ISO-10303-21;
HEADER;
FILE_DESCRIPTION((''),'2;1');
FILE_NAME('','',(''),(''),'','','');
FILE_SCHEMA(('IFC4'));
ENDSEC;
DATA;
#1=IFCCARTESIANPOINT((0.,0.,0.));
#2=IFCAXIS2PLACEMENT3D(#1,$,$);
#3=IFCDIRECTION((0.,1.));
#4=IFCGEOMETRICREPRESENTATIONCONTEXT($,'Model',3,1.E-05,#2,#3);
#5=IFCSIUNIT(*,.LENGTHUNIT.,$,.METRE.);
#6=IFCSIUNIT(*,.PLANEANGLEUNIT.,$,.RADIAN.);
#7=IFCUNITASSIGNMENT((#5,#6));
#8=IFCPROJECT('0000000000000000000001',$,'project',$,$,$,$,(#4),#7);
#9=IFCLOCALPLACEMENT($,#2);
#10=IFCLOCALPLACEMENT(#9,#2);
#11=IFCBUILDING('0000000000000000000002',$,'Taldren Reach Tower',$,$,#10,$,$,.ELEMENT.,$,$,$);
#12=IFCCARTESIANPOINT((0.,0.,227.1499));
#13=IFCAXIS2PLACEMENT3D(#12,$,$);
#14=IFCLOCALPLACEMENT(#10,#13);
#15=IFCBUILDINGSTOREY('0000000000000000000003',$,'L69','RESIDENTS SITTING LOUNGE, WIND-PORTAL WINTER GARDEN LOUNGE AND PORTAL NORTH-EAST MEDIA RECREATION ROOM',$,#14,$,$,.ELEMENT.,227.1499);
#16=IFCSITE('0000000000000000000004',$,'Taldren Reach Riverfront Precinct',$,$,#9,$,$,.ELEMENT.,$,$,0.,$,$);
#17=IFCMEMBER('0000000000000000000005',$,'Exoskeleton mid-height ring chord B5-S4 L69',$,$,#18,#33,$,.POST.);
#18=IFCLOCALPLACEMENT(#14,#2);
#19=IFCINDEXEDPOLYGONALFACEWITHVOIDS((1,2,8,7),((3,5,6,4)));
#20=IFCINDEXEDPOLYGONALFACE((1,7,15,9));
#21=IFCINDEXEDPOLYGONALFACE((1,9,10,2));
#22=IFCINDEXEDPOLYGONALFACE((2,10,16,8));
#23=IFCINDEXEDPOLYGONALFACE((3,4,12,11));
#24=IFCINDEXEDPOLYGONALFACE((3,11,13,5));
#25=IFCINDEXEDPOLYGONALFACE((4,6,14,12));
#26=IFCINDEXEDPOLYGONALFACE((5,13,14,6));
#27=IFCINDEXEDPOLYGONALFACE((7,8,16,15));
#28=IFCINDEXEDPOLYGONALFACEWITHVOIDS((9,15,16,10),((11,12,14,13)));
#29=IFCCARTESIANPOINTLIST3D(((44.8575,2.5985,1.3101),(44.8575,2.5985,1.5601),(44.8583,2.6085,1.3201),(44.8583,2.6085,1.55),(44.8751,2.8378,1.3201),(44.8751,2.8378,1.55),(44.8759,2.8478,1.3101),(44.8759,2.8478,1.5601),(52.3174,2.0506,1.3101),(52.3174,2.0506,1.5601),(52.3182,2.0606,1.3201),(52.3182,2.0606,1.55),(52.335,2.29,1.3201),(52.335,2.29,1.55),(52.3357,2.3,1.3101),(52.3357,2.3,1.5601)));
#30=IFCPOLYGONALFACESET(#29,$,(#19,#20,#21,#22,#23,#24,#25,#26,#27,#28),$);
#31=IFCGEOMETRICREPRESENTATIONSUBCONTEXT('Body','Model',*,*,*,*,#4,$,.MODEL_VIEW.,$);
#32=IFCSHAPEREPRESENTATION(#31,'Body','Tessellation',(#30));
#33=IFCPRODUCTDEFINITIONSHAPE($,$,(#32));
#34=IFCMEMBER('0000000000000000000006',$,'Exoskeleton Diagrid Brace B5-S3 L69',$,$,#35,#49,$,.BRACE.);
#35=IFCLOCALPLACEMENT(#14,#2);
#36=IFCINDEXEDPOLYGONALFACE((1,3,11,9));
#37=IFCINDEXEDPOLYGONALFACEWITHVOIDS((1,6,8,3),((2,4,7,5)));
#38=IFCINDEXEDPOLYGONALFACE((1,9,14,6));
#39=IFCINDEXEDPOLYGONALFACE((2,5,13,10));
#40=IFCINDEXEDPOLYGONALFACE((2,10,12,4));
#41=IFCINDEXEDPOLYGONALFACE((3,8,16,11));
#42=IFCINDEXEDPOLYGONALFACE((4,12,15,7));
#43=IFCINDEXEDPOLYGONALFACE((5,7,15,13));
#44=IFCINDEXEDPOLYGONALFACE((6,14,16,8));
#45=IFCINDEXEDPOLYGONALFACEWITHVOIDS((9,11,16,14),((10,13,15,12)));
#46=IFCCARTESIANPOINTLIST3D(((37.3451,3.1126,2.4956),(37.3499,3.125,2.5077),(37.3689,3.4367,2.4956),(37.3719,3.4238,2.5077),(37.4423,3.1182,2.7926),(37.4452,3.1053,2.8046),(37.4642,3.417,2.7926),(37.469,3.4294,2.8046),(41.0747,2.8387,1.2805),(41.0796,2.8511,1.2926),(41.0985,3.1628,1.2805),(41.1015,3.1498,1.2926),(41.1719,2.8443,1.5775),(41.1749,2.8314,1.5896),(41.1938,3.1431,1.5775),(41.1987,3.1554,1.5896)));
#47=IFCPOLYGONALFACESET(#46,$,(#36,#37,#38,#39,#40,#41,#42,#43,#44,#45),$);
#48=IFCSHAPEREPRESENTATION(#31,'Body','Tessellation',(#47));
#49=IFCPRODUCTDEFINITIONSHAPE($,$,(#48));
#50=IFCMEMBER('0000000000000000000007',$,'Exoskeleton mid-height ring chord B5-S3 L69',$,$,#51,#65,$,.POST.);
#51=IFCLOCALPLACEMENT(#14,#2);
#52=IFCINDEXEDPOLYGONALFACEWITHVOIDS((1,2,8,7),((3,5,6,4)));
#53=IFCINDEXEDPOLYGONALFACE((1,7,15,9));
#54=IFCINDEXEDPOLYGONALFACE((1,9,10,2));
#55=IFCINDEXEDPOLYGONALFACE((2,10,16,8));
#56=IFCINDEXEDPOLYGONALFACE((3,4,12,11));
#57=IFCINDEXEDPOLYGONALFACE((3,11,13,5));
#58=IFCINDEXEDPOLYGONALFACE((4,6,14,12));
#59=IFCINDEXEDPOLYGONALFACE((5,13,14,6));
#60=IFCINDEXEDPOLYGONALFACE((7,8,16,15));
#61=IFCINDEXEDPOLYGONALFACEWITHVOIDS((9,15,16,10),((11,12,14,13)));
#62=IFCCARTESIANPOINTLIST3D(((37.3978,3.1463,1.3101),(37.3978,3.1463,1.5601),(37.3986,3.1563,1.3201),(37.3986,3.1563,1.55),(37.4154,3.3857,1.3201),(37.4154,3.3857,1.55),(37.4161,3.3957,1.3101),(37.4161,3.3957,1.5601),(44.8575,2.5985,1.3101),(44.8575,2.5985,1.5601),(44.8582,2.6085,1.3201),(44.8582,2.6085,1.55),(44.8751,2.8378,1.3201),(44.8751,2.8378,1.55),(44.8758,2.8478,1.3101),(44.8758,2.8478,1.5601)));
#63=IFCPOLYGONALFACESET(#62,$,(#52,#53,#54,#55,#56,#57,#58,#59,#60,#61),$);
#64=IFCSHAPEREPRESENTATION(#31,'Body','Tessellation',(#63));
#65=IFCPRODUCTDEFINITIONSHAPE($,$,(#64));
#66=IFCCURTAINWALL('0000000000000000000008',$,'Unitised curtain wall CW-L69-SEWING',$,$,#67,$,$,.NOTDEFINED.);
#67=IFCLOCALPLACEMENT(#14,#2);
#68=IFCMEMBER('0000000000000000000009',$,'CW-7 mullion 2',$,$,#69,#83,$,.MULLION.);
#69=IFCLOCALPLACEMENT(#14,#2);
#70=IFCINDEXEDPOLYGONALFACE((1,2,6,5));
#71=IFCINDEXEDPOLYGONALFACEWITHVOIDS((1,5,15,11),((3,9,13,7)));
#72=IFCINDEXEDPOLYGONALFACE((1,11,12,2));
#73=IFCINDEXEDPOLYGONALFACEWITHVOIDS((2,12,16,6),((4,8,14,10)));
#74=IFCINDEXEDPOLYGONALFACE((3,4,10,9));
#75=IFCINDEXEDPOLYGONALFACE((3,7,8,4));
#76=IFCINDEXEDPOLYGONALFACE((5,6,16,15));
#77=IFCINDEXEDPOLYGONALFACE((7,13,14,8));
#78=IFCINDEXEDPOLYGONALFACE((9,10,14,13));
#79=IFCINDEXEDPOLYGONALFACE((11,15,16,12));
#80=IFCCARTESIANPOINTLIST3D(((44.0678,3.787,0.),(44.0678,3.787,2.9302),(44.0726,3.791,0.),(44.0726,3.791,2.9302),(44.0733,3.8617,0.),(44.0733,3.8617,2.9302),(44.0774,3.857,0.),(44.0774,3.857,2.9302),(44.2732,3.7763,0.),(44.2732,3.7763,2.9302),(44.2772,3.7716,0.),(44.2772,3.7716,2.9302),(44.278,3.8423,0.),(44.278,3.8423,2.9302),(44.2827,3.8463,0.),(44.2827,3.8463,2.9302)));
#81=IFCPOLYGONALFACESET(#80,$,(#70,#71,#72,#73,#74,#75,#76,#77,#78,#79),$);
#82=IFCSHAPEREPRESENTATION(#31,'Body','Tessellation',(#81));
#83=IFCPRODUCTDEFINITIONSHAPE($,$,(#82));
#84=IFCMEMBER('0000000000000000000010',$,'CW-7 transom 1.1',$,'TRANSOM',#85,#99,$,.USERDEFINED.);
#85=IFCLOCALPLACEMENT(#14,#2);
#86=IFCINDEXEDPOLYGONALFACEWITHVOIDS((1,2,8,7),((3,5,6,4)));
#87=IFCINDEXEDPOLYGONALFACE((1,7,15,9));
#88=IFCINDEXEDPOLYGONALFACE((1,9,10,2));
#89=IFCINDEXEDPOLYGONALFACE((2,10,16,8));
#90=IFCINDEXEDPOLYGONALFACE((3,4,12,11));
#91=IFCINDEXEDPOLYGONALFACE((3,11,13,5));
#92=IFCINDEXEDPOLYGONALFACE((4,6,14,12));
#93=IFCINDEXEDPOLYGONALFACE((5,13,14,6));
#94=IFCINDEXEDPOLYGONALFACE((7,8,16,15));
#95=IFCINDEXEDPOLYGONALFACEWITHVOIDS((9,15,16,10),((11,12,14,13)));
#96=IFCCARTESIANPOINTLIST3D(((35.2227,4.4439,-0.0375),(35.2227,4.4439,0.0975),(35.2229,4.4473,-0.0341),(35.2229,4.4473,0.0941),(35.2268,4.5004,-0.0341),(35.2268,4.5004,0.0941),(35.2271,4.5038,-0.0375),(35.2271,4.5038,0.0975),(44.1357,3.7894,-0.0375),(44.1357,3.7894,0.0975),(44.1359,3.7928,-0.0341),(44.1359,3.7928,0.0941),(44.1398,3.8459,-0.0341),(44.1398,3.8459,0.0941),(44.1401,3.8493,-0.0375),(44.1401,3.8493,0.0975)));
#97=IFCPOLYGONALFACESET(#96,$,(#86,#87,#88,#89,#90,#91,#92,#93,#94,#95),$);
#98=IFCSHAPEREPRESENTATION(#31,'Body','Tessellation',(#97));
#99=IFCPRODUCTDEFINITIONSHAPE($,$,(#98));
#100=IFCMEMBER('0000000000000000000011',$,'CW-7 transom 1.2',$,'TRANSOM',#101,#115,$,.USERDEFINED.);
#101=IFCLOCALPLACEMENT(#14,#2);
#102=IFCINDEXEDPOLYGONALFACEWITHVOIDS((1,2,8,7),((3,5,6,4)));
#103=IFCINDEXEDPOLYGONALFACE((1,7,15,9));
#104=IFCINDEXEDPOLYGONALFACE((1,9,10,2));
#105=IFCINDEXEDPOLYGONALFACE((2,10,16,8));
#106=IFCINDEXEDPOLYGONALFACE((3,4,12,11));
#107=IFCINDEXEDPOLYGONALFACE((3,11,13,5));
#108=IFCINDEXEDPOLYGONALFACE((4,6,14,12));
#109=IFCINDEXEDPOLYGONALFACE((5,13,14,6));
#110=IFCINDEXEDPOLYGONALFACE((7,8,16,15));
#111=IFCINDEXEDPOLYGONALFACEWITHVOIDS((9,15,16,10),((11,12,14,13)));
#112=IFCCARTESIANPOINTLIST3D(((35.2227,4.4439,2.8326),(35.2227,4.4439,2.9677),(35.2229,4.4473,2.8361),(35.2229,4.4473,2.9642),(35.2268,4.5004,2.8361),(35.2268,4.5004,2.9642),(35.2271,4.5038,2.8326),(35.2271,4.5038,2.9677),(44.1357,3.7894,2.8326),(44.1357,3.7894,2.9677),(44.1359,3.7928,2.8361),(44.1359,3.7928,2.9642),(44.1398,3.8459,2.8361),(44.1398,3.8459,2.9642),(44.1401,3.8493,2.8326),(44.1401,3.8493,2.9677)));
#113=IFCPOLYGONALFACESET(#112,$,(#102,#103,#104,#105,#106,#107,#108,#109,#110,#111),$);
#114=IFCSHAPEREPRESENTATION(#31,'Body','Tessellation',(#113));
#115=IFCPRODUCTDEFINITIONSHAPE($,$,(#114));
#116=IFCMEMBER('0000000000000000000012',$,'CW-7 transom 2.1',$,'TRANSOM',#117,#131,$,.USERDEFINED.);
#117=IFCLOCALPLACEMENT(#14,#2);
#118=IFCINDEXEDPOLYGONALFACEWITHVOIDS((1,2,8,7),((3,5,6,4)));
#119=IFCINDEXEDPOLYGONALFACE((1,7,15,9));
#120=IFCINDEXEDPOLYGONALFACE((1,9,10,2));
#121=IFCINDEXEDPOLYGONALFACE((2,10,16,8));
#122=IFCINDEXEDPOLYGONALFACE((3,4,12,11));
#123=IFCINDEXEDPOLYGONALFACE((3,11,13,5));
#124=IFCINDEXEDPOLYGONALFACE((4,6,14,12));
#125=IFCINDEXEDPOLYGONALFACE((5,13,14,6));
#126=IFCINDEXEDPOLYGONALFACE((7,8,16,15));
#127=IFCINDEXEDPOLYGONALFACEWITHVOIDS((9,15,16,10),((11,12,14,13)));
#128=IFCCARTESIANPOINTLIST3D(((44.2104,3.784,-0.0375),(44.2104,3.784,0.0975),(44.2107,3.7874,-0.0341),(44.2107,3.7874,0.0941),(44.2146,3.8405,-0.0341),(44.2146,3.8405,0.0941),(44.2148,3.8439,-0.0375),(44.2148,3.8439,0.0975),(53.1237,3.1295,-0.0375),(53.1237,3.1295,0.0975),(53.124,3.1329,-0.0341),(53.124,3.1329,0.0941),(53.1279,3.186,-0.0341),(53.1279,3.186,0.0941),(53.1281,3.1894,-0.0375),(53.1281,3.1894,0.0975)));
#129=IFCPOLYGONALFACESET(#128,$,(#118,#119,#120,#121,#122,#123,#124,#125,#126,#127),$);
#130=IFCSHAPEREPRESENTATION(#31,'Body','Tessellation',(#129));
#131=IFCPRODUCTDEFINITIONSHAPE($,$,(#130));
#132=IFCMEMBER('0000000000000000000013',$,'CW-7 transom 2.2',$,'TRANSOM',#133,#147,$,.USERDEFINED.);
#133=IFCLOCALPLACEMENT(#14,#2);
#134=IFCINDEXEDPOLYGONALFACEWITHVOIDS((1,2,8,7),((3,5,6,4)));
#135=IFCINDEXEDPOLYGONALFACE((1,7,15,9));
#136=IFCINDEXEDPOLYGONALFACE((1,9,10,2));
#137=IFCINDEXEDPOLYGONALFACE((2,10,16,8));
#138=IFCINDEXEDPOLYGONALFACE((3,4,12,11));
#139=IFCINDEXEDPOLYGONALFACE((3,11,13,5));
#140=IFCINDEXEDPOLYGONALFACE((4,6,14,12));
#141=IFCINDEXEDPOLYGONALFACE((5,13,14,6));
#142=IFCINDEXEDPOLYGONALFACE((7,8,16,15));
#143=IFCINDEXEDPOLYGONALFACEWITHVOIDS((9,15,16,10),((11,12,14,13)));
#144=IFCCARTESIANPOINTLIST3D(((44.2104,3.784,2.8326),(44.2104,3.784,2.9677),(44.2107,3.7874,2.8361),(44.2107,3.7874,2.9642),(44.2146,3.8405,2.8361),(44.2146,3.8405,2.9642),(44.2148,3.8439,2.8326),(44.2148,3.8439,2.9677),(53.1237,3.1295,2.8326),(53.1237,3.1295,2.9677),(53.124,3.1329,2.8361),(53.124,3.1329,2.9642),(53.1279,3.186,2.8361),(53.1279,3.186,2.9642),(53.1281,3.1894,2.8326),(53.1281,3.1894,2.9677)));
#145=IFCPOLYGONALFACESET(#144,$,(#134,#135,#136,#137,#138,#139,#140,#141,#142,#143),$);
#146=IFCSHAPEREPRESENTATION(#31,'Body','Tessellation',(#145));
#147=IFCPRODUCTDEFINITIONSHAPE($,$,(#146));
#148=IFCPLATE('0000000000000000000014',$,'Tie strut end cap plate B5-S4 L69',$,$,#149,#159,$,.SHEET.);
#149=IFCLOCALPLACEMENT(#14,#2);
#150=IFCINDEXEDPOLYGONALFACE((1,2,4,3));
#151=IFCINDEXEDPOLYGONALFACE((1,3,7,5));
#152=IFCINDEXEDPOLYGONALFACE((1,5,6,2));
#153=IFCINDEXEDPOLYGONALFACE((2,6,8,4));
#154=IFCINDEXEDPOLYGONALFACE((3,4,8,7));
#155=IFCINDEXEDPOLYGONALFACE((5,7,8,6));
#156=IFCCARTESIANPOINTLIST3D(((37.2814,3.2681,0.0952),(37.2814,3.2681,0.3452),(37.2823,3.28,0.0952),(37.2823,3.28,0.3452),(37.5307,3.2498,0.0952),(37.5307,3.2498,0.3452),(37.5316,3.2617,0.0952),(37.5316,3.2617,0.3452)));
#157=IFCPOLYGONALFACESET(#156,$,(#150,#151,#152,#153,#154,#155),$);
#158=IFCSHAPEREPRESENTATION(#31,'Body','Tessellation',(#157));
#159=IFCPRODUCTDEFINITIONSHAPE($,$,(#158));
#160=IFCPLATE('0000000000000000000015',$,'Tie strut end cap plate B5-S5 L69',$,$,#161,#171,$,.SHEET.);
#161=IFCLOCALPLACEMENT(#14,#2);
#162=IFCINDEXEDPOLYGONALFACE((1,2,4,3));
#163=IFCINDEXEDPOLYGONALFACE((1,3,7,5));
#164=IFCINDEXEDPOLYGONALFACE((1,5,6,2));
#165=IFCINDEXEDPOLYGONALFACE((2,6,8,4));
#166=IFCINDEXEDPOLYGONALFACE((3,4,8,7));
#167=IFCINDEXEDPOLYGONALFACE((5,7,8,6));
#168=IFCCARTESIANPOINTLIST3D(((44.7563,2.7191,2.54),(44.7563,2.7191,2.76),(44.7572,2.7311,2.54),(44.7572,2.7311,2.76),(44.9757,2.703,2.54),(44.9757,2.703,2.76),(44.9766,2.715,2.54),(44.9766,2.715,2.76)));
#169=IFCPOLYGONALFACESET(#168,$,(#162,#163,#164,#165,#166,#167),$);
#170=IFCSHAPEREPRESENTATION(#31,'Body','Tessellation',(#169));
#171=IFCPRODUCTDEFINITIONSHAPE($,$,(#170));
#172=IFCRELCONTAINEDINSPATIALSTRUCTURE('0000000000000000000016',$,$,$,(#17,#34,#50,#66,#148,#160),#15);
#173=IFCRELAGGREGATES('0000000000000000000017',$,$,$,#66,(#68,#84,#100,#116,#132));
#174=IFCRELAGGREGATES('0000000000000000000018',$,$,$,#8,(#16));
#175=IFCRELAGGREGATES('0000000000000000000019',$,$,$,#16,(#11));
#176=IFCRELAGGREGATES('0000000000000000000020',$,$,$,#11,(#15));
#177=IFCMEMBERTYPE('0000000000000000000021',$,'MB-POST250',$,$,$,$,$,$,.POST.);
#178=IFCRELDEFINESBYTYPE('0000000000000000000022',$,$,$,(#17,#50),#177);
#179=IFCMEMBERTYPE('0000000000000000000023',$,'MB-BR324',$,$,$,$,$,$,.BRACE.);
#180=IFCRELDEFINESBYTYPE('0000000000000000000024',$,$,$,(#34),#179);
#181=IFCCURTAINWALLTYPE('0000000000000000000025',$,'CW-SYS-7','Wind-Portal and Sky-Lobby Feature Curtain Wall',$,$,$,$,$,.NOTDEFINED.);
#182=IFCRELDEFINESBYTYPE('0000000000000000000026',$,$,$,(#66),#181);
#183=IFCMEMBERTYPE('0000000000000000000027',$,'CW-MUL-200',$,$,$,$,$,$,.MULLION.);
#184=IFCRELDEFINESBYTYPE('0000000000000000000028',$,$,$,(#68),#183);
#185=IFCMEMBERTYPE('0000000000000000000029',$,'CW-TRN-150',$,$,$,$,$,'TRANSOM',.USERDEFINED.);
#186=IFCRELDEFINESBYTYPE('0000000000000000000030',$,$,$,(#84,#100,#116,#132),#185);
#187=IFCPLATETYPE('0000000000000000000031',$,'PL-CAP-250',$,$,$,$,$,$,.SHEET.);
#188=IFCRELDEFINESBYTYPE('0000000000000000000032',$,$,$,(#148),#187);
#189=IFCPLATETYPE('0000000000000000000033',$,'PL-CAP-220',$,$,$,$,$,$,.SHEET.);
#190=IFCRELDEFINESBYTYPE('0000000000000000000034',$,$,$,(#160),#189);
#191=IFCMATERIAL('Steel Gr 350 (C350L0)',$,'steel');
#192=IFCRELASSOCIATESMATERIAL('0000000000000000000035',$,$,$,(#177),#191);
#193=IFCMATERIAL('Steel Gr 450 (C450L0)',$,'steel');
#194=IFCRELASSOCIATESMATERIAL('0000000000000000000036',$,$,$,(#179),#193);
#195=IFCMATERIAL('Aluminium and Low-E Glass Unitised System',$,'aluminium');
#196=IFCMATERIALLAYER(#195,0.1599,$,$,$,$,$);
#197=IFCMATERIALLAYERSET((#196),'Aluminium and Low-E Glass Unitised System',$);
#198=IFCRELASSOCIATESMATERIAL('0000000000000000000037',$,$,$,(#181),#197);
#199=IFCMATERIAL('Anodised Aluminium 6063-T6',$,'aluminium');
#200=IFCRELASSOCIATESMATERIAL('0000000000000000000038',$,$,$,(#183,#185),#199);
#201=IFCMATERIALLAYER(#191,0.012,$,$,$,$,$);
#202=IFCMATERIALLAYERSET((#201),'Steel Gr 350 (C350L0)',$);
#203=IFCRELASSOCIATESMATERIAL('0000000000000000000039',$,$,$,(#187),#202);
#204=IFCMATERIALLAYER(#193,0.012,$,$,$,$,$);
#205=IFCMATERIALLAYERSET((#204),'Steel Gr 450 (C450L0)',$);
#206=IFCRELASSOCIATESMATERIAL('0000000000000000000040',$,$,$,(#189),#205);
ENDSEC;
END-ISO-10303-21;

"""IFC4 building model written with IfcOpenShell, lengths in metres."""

from ifc_helpers import new_model, si_unit, direction, frame, origin, origin_2d, place, context, subcontext, project, spatial, rectangle, hollow_rectangle, extrude, source, transform, mapped, material, layer, layer_set, material_profile, profile_set, type_object, element, aggregate, save


model = new_model("IFC4")

# Units and contexts
model_context = context("Model", 3, precision=1e-05, world=origin(), true_north=direction((0.0, 1.0)))
body_context = subcontext(model_context, "Body", "Model", "MODEL_VIEW")
ifc_project = project(units=[si_unit("LENGTHUNIT", "METRE"), si_unit("PLANEANGLEUNIT", "RADIAN")], contexts=[model_context])

# Site, building, storey
site_placement = place(None, origin())
site = spatial("IfcSite", under=ifc_project, at=site_placement, Name="Taldren Reach Riverfront Precinct", CompositionType="ELEMENT", RefElevation=0.0)
building_placement = place(site_placement, origin())
building = spatial("IfcBuilding", under=site, at=building_placement, Name="Taldren Reach Tower", CompositionType="ELEMENT")
storey_placement = place(building_placement, frame((0.0, 0.0, 227.1499)))
storey = spatial("IfcBuildingStorey", under=building, at=storey_placement, Name="L69", Description="RESIDENTS SITTING LOUNGE, WIND-PORTAL WINTER GARDEN LOUNGE AND PORTAL NORTH-EAST MEDIA RECREATION ROOM", CompositionType="ELEMENT", Elevation=227.1499)

# Shared definitions
ifc_material_1 = material(Name="Steel Gr 350 (C350L0)", Category="steel")
ifc_material_profile_1 = material_profile(ifc_material_1, hollow_rectangle(XDim=0.25, YDim=0.25, WallThickness=0.01, at=origin_2d()), Name="250x250x10.0SHS")
ifc_profile_set_1 = profile_set([ifc_material_profile_1], Name="Steel Gr 350 (C350L0)")
member_type_1 = type_object("IfcMemberType", Name="MB-POST250", PredefinedType="POST", material=ifc_profile_set_1)
ifc_material_2 = material(Name="Steel Gr 450 (C450L0)", Category="steel")

# Members
ifc_material_profile_2 = material_profile(ifc_material_2, hollow_rectangle(XDim=0.325, YDim=0.325, WallThickness=0.0127, at=origin_2d()), Name="325x325x12.7SHS")
ifc_profile_set_2 = profile_set([ifc_material_profile_2], Name="Steel Gr 450 (C450L0)")
member_type_2 = type_object("IfcMemberType", Name="MB-BR324", PredefinedType="BRACE", material=ifc_profile_set_2)
shared_shape_1 = source(origin(), body_context, "Body", "SweptSolid", [
    extrude(hollow_rectangle(XDim=0.25, YDim=0.25, WallThickness=0.01, at=origin_2d()), origin(), (0.0, 0.0, 1.0), 7.48),
])
member_1_placement = place(storey_placement, frame((44.8667, 2.7231, 1.4351), z_axis=(0.997314, -0.073242, 0.0), x_axis=(0.073242, 0.997314, 0.0)))
element("IfcMember", 1, at=member_1_placement, inside=storey, type_object=member_type_1, Name="Exoskeleton mid-height ring chord B5-S4 L69", PredefinedType="POST", context=body_context, shape_type="MappedRepresentation", body=[
    mapped(shared_shape_1, transform((0.0, 0.0, 0.0), scale=1.0)),
])
shared_shape_2 = source(origin(), body_context, "Body", "SweptSolid", [
    extrude(hollow_rectangle(XDim=0.325, YDim=0.325, WallThickness=0.0127, at=origin_2d()), origin(), (0.0, 0.0, 1.0), 3.9321),
])
member_2_placement = place(storey_placement, frame((41.1367, 2.9971, 1.4351), z_axis=(-0.948505, 0.069662, 0.309008), x_axis=(-0.073246, -0.997314, 0.0)))
element("IfcMember", 2, at=member_2_placement, inside=storey, type_object=member_type_2, Name="Exoskeleton Diagrid Brace B5-S3 L69", PredefinedType="BRACE", context=body_context, shape_type="MappedRepresentation", body=[
    mapped(shared_shape_2, transform((0.0, 0.0, 0.0), scale=1.0)),
])
shared_shape_3 = source(origin(), body_context, "Body", "SweptSolid", [
    extrude(hollow_rectangle(XDim=0.25, YDim=0.25, WallThickness=0.01, at=origin_2d()), origin(), (0.0, 0.0, 1.0), 7.4797),
])
member_3_placement = place(storey_placement, frame((37.407, 3.271, 1.4351), z_axis=(0.997314, -0.073244, 0.0), x_axis=(0.073244, 0.997314, 0.0)))
element("IfcMember", 3, at=member_3_placement, inside=storey, type_object=member_type_1, Name="Exoskeleton mid-height ring chord B5-S3 L69", PredefinedType="POST", context=body_context, shape_type="MappedRepresentation", body=[
    mapped(shared_shape_3, transform((0.0, 0.0, 0.0), scale=1.0)),
])

# Curtain wall, members
ifc_material_3 = material(Name="Aluminium and Low-E Glass Unitised System", Category="aluminium")
ifc_layer_1 = layer(ifc_material_3, 0.1599)
ifc_layer_set_1 = layer_set([ifc_layer_1], Name="Aluminium and Low-E Glass Unitised System")
curtain_wall_type = type_object("IfcCurtainWallType", Name="CW-SYS-7", Description="Wind-Portal and Sky-Lobby Feature Curtain Wall", PredefinedType="NOTDEFINED", material=ifc_layer_set_1)
curtain_wall_placement = place(storey_placement, origin())
curtain_wall = element("IfcCurtainWall", 4, at=curtain_wall_placement, inside=storey, type_object=curtain_wall_type, Name="Unitised curtain wall CW-L69-SEWING", PredefinedType="NOTDEFINED")
ifc_material_4 = material(Name="Anodised Aluminium 6063-T6", Category="aluminium")
ifc_material_profile_3 = material_profile(ifc_material_4, hollow_rectangle(XDim=0.075, YDim=0.21, WallThickness=0.0044, at=origin_2d()), Name="ALU-210x75x4.5RHS")
ifc_profile_set_3 = profile_set([ifc_material_profile_3], Name="Anodised Aluminium 6063-T6")
member_type_3 = type_object("IfcMemberType", Name="CW-MUL-200", PredefinedType="MULLION", material=ifc_profile_set_3)
shared_shape_4 = source(origin(), body_context, "Body", "SweptSolid", [
    extrude(hollow_rectangle(XDim=0.075, YDim=0.21, WallThickness=0.0044, at=origin_2d()), origin(), (0.0, 0.0, 1.0), 2.9302),
])
member_4_placement = place(storey_placement, frame((44.1753, 3.8167, 0.0), z_axis=(0.0, 0.0, 1.0), x_axis=(0.073238, 0.997314, 0.0)))
member_4 = element("IfcMember", 5, at=member_4_placement, type_object=member_type_3, Name="CW-7 mullion 2", PredefinedType="MULLION", context=body_context, shape_type="MappedRepresentation", body=[
    mapped(shared_shape_4, transform((0.0, 0.0, 0.0), scale=1.0)),
])
ifc_material_profile_4 = material_profile(ifc_material_4, hollow_rectangle(XDim=0.0601, YDim=0.135, WallThickness=0.0034, at=origin_2d()), Name="ALU-135x60x3.5RHS")
ifc_profile_set_4 = profile_set([ifc_material_profile_4], Name="Anodised Aluminium 6063-T6")
member_type_4 = type_object("IfcMemberType", Name="CW-TRN-150", ElementType="TRANSOM", PredefinedType="USERDEFINED", material=ifc_profile_set_4)
shared_shape_5 = source(origin(), body_context, "Body", "SweptSolid", [
    extrude(hollow_rectangle(XDim=0.0601, YDim=0.135, WallThickness=0.0034, at=origin_2d()), origin(), (0.0, 0.0, 1.0), 8.937),
])
member_5_placement = place(storey_placement, frame((35.2249, 4.4739, 0.03), z_axis=(0.997314, -0.073239, 0.0), x_axis=(0.073239, 0.997314, 0.0)))
member_5 = element("IfcMember", 6, at=member_5_placement, type_object=member_type_4, Name="CW-7 transom 1.1", ObjectType="TRANSOM", PredefinedType="USERDEFINED", context=body_context, shape_type="MappedRepresentation", body=[
    mapped(shared_shape_5, transform((0.0, 0.0, 0.0), scale=1.0)),
])
member_6_placement = place(storey_placement, frame((35.2249, 4.4739, 2.9001), z_axis=(0.997314, -0.073239, 0.0), x_axis=(0.073239, 0.997314, 0.0)))
member_6 = element("IfcMember", 7, at=member_6_placement, type_object=member_type_4, Name="CW-7 transom 1.2", ObjectType="TRANSOM", PredefinedType="USERDEFINED", context=body_context, shape_type="MappedRepresentation", body=[
    mapped(shared_shape_5, transform((0.0, 0.0, 0.0), scale=1.0)),
])
shared_shape_6 = source(origin(), body_context, "Body", "SweptSolid", [
    extrude(hollow_rectangle(XDim=0.0601, YDim=0.135, WallThickness=0.0034, at=origin_2d()), origin(), (0.0, 0.0, 1.0), 8.9373),
])
member_7_placement = place(storey_placement, frame((44.2126, 3.814, 0.03), z_axis=(0.997315, -0.073237, 0.0), x_axis=(0.073237, 0.997315, 0.0)))
member_7 = element("IfcMember", 8, at=member_7_placement, type_object=member_type_4, Name="CW-7 transom 2.1", ObjectType="TRANSOM", PredefinedType="USERDEFINED", context=body_context, shape_type="MappedRepresentation", body=[
    mapped(shared_shape_6, transform((0.0, 0.0, 0.0), scale=1.0)),
])
member_8_placement = place(storey_placement, frame((44.2126, 3.814, 2.9001), z_axis=(0.997315, -0.073237, 0.0), x_axis=(0.073237, 0.997315, 0.0)))
member_8 = element("IfcMember", 9, at=member_8_placement, type_object=member_type_4, Name="CW-7 transom 2.2", ObjectType="TRANSOM", PredefinedType="USERDEFINED", context=body_context, shape_type="MappedRepresentation", body=[
    mapped(shared_shape_6, transform((0.0, 0.0, 0.0), scale=1.0)),
])

# Plates
ifc_layer_2 = layer(ifc_material_1, 0.012)
ifc_layer_set_2 = layer_set([ifc_layer_2], Name="Steel Gr 350 (C350L0)")
plate_type_1 = type_object("IfcPlateType", Name="PL-CAP-250", PredefinedType="SHEET", material=ifc_layer_set_2)
shared_shape_7 = source(origin(), body_context, "Body", "SweptSolid", [
    extrude(rectangle(XDim=0.25, YDim=0.012, at=origin_2d()), origin(), (0.0, 0.0, 1.0), 0.25),
])
plate_1_placement = place(storey_placement, frame((37.4065, 3.2649, 0.0952), z_axis=(0.0, 0.0, 1.0), x_axis=(0.997314, -0.073238, 0.0)))
element("IfcPlate", 10, at=plate_1_placement, inside=storey, type_object=plate_type_1, Name="Tie strut end cap plate B5-S4 L69", PredefinedType="SHEET", context=body_context, shape_type="MappedRepresentation", body=[
    mapped(shared_shape_7, transform((0.0, 0.0, 0.0), scale=1.0)),
])
ifc_layer_3 = layer(ifc_material_2, 0.012)
ifc_layer_set_3 = layer_set([ifc_layer_3], Name="Steel Gr 450 (C450L0)")
plate_type_2 = type_object("IfcPlateType", Name="PL-CAP-220", PredefinedType="SHEET", material=ifc_layer_set_3)
shared_shape_8 = source(origin(), body_context, "Body", "SweptSolid", [
    extrude(rectangle(XDim=0.22, YDim=0.012, at=origin_2d()), origin(), (0.0, 0.0, 1.0), 0.22),
])
plate_2_placement = place(storey_placement, frame((44.8665, 2.717, 2.54), z_axis=(0.0, 0.0, 1.0), x_axis=(0.997314, -0.073238, 0.0)))
element("IfcPlate", 11, at=plate_2_placement, inside=storey, type_object=plate_type_2, Name="Tie strut end cap plate B5-S5 L69", PredefinedType="SHEET", context=body_context, shape_type="MappedRepresentation", body=[
    mapped(shared_shape_8, transform((0.0, 0.0, 0.0), scale=1.0)),
])

aggregate(curtain_wall, [member_4, member_5, member_6, member_7, member_8])

save(model, "model.ifc")
